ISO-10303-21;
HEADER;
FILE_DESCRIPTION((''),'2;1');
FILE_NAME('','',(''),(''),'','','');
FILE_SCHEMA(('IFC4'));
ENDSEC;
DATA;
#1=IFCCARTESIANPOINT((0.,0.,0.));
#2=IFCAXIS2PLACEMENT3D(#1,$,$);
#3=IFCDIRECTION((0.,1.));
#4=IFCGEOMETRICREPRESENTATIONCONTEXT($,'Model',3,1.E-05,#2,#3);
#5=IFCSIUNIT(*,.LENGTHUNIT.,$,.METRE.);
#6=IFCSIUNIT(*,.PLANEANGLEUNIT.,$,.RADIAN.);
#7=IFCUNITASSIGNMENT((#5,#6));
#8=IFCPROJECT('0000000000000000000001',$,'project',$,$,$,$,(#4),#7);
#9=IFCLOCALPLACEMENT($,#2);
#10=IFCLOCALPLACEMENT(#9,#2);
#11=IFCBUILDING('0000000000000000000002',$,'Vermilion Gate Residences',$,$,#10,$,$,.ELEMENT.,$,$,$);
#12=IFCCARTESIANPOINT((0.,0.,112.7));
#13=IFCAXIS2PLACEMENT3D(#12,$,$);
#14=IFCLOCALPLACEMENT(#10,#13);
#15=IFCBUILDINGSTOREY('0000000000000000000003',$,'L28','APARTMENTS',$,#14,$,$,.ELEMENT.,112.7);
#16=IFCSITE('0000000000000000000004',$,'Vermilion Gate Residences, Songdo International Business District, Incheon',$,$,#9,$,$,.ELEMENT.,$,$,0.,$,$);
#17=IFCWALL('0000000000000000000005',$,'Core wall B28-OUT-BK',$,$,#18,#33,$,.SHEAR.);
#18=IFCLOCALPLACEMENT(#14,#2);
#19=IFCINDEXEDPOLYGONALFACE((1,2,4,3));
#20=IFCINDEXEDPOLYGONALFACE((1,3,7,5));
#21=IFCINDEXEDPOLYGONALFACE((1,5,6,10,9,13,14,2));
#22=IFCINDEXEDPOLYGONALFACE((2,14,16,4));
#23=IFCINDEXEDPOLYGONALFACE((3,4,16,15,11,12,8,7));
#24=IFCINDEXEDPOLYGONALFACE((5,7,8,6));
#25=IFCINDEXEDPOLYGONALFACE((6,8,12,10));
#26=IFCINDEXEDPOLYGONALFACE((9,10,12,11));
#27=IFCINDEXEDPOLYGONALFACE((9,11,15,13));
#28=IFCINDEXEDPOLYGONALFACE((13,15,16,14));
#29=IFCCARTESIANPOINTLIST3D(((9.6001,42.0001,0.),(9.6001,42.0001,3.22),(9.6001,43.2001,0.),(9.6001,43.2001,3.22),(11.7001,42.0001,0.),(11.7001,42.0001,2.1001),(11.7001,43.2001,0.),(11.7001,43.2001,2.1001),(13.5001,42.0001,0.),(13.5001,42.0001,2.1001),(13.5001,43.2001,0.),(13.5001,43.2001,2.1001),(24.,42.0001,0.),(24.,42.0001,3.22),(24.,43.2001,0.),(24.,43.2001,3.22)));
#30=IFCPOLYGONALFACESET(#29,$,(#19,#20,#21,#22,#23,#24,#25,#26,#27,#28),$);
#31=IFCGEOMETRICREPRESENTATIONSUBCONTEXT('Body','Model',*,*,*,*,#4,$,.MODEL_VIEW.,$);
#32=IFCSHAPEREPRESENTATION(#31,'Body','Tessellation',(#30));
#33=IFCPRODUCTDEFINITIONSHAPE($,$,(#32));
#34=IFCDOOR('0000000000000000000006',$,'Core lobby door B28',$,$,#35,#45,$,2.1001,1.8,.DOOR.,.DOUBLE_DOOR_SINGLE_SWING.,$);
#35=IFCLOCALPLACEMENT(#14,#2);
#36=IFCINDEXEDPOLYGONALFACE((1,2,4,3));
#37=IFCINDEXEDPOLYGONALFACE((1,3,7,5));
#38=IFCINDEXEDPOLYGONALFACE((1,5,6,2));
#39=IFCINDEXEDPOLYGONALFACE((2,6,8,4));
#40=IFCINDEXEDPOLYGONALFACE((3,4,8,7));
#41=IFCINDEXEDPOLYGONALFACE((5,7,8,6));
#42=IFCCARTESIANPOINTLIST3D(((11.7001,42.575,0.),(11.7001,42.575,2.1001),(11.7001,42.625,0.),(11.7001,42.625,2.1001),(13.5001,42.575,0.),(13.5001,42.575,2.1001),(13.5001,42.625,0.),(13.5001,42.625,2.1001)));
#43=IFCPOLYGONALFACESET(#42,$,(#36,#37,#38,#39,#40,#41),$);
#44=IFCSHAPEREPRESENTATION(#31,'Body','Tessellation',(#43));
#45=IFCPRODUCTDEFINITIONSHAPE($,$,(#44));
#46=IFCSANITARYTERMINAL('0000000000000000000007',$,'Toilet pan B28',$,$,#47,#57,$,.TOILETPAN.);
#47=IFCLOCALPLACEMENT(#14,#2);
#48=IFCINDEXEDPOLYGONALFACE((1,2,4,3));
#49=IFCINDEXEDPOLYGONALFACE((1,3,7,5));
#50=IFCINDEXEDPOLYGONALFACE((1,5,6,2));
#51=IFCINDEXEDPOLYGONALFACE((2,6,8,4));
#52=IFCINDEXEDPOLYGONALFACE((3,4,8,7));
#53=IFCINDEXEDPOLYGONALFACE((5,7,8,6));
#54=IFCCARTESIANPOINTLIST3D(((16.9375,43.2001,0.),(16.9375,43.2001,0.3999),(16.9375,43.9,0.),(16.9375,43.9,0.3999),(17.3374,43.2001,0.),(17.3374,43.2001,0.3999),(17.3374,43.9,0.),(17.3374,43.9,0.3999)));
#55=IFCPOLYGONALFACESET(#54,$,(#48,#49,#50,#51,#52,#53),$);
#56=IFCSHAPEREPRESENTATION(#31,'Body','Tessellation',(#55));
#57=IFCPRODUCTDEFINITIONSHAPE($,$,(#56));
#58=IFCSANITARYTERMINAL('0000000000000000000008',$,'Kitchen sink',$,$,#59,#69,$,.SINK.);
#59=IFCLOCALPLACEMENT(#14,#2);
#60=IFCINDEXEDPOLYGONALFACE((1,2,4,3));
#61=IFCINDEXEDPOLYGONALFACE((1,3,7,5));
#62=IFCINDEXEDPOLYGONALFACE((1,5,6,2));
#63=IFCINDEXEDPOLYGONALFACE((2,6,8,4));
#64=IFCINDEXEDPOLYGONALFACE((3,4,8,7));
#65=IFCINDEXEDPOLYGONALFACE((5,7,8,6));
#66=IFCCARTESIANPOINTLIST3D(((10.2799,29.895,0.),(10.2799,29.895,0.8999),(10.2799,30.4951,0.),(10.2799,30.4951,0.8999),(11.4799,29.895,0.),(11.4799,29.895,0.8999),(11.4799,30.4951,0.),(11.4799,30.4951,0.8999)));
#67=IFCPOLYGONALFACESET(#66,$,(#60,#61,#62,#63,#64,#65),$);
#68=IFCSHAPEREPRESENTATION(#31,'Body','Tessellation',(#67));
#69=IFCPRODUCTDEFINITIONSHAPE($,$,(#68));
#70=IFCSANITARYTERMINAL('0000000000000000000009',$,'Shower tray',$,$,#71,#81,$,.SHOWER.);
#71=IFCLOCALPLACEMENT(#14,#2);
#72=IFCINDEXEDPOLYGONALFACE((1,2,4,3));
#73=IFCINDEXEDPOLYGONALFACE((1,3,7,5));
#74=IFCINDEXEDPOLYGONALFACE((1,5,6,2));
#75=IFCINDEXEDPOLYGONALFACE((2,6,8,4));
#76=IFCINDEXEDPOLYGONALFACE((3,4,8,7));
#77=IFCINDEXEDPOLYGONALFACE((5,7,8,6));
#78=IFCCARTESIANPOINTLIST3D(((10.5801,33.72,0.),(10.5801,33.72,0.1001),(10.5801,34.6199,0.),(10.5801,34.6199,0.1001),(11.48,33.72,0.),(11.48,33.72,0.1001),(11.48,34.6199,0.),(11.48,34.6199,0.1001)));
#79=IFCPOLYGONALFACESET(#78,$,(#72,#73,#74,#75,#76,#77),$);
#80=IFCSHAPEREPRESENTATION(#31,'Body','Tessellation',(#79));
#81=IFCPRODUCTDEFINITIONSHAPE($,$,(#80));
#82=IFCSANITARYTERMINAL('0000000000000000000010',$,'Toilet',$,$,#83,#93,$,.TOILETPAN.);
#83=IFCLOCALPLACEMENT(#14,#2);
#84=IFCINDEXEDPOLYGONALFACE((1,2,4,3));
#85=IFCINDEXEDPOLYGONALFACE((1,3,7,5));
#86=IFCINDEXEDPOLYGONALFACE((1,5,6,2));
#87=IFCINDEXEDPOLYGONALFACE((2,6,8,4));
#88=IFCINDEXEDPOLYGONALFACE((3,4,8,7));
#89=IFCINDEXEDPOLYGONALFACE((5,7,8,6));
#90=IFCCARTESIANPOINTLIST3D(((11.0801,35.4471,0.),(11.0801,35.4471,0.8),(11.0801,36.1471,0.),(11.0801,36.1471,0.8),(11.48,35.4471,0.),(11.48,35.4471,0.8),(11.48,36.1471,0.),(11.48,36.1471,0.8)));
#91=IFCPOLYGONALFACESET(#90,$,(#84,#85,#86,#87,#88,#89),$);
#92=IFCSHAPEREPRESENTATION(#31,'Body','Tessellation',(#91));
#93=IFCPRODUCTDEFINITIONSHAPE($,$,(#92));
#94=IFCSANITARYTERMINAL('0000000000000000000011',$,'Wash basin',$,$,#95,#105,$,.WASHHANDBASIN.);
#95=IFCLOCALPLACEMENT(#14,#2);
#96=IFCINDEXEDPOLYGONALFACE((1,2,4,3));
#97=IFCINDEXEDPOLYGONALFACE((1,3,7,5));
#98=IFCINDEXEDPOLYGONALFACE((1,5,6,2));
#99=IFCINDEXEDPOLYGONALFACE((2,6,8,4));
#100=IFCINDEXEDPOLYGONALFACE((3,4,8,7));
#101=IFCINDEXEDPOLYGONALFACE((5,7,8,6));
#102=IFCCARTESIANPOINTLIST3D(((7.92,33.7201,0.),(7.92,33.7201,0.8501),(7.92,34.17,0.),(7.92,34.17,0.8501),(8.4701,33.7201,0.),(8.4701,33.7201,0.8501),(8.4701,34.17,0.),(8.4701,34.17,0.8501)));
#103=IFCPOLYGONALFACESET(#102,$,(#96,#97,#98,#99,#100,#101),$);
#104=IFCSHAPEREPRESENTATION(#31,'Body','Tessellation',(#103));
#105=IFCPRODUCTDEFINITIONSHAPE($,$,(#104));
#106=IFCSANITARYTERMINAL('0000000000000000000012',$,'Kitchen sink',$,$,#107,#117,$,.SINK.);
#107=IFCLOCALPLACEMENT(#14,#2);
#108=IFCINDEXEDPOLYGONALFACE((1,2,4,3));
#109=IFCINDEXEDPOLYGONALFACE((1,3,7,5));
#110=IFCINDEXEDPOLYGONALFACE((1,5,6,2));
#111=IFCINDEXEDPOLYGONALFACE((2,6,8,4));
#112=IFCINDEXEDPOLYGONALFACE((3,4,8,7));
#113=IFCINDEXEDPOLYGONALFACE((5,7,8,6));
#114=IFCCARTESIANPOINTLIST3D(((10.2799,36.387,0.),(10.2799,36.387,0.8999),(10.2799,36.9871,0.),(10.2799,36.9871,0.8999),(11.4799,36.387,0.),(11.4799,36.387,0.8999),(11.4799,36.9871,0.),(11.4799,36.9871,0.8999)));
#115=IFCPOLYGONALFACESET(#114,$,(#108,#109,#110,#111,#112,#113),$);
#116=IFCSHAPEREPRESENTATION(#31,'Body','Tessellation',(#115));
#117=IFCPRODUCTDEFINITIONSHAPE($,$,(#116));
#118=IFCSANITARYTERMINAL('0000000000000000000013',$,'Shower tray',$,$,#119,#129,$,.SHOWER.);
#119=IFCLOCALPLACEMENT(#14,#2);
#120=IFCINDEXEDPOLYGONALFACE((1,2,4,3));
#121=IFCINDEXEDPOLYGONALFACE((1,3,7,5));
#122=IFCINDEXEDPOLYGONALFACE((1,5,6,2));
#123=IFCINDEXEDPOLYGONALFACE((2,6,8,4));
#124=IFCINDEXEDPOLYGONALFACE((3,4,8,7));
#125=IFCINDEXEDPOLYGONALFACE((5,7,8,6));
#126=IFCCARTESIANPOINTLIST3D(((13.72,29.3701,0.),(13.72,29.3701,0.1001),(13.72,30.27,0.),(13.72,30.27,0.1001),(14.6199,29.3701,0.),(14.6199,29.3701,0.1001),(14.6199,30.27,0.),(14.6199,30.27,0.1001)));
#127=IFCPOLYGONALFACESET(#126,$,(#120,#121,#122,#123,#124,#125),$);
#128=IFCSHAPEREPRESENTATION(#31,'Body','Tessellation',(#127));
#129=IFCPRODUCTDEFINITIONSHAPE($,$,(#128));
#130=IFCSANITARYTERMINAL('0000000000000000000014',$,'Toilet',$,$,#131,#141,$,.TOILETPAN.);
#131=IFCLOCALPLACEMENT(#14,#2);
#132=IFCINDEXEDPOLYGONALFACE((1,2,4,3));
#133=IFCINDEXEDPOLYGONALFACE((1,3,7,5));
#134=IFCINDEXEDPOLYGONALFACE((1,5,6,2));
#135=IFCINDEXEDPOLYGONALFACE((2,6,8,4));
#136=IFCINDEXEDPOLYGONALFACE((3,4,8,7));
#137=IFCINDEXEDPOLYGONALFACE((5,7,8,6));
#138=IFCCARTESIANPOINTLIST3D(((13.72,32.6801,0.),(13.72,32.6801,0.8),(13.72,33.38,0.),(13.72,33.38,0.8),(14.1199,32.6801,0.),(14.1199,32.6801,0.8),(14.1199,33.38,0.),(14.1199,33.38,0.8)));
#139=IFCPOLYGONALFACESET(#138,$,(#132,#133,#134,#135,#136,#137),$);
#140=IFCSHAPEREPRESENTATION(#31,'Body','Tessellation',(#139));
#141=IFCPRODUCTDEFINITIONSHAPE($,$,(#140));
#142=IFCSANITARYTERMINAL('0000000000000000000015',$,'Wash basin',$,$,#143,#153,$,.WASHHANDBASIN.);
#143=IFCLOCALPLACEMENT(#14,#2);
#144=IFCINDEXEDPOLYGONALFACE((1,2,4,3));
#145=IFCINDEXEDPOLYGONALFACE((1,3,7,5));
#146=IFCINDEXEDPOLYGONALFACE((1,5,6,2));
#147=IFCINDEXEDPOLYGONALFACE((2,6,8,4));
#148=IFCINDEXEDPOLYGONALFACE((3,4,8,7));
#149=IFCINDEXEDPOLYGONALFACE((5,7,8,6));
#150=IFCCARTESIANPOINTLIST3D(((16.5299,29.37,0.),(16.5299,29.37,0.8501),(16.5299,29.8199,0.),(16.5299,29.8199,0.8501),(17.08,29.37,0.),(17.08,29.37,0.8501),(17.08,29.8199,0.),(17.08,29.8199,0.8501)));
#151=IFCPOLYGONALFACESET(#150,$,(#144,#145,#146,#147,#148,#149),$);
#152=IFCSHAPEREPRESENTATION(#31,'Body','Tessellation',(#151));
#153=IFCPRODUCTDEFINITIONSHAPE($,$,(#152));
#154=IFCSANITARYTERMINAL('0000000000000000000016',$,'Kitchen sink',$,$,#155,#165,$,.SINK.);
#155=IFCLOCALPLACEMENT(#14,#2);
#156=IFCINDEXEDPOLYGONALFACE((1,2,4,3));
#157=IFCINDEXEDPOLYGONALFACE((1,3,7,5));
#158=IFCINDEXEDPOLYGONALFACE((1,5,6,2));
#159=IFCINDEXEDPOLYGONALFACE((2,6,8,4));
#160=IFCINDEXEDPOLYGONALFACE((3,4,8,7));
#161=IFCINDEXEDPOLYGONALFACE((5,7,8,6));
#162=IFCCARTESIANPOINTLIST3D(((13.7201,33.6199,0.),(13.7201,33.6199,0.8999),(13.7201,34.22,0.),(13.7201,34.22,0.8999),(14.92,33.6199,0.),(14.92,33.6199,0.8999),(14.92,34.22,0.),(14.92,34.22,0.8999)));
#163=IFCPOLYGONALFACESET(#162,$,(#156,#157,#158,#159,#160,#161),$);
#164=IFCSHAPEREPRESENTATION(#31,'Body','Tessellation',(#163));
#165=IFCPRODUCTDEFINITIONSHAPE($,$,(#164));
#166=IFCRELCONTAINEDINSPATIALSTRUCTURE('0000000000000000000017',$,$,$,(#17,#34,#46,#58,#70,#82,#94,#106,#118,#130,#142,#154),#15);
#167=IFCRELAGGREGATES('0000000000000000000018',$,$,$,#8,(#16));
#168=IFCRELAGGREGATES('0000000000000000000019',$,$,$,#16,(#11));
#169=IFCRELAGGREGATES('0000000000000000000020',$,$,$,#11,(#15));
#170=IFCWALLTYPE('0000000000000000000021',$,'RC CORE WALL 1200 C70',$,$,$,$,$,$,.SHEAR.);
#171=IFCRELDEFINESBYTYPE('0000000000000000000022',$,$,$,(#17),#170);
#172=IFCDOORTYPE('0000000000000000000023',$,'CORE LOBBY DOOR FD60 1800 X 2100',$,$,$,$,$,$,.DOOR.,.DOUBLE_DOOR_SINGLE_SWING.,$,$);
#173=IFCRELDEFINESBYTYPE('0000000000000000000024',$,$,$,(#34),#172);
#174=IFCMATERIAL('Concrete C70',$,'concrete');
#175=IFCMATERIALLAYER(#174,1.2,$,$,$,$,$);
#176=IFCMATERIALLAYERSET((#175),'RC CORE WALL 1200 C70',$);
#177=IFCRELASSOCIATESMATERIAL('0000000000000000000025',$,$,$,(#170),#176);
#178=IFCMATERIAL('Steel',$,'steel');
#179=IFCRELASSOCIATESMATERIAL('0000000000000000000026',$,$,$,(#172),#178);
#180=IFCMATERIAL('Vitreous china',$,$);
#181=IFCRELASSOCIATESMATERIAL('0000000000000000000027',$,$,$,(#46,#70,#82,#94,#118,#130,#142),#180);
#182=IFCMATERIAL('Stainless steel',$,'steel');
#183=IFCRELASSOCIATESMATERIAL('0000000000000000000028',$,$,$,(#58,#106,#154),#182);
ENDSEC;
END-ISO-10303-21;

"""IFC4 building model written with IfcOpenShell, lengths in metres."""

from ifc_helpers import new_model, si_unit, direction, frame, frame_2d, origin, origin_2d, place, context, subcontext, project, spatial, rectangle, extrude, material, layer, layer_set, type_object, element, fill, save


model = new_model("IFC4")

# Units and contexts
model_context = context("Model", 3, precision=1e-05, world=origin(), true_north=direction((0.0, 1.0)))
body_context = subcontext(model_context, "Body", "Model", "MODEL_VIEW")
ifc_project = project(units=[si_unit("LENGTHUNIT", "METRE"), si_unit("PLANEANGLEUNIT", "RADIAN")], contexts=[model_context])

# Site, building, storey
site_placement = place(None, origin())
site = spatial("IfcSite", under=ifc_project, at=site_placement, Name="Vermilion Gate Residences, Songdo International Business District, Incheon", CompositionType="ELEMENT", RefElevation=0.0)
building_placement = place(site_placement, origin())
building = spatial("IfcBuilding", under=site, at=building_placement, Name="Vermilion Gate Residences", CompositionType="ELEMENT")
storey_placement = place(building_placement, frame((0.0, 0.0, 112.7)))
storey = spatial("IfcBuildingStorey", under=building, at=storey_placement, Name="L28", Description="APARTMENTS", CompositionType="ELEMENT", Elevation=112.7)

# Wall, opening, door
ifc_material_1 = material(Name="Concrete C70", Category="concrete")
ifc_layer_1 = layer(ifc_material_1, 1.2)
ifc_layer_set_1 = layer_set([ifc_layer_1], Name="RC CORE WALL 1200 C70")
wall_type_1 = type_object("IfcWallType", Name="RC CORE WALL 1200 C70", PredefinedType="SHEAR", material=ifc_layer_set_1)
wall_1_placement = place(storey_placement, frame((9.6001, 42.6001, 0.0), z_axis=(0.0, 0.0, 1.0), x_axis=(1.0, 0.0, 0.0)))
wall_1 = element("IfcWall", 1, at=wall_1_placement, inside=storey, type_object=wall_type_1, Name="Core wall B28-OUT-BK", PredefinedType="SHEAR", context=body_context, shape_type="SweptSolid", body=[
    extrude(rectangle(XDim=14.3999, YDim=1.2, at=frame_2d((7.2, 0.0))), origin(), (0.0, 0.0, 1.0), 3.22),
])
opening_1_placement = place(wall_1_placement, frame((2.1001, 0.0, 0.0)))
opening_1 = element("IfcOpeningElement", 2, at=opening_1_placement, cuts=wall_1, PredefinedType="OPENING", context=body_context, shape_type="SweptSolid", body=[
    extrude(rectangle(XDim=1.8, YDim=2.1001, at=frame_2d((0.8999, 1.05))), frame((0.0, 0.6099, 0.0), z_axis=(0.0, -1.0, 0.0), x_axis=(1.0, 0.0, 0.0)), (0.0, 0.0, 1.0), 1.22),
])
ifc_material_2 = material(Name="Steel", Category="steel")
door_type_1 = type_object("IfcDoorType", Name="CORE LOBBY DOOR FD60 1800 X 2100", OperationType="DOUBLE_DOOR_SINGLE_SWING", PredefinedType="DOOR", material=ifc_material_2)
door_1_placement = place(opening_1_placement, origin())
door_1 = element("IfcDoor", 3, at=door_1_placement, inside=storey, type_object=door_type_1, Name="Core lobby door B28", OperationType="DOUBLE_DOOR_SINGLE_SWING", OverallHeight=2.1001, OverallWidth=1.8, PredefinedType="DOOR", context=body_context, shape_type="SweptSolid", body=[
    extrude(rectangle(XDim=1.8, YDim=2.1001, at=frame_2d((0.8999, 1.05))), frame((0.0, 0.0249, 0.0), z_axis=(0.0, -1.0, 0.0), x_axis=(1.0, 0.0, 0.0)), (0.0, 0.0, 1.0), 0.05),
])
fill(opening_1, door_1)

# Sanitary terminals
ifc_material_3 = material(Name="Vitreous china")
sanitary_terminal_1_placement = place(storey_placement, frame((17.1375, 43.55, 0.0), z_axis=(0.0, 0.0, 1.0), x_axis=(1.0, 0.0, 0.0)))
element("IfcSanitaryTerminal", 4, at=sanitary_terminal_1_placement, inside=storey, material=ifc_material_3, Name="Toilet pan B28", PredefinedType="TOILETPAN", context=body_context, shape_type="SweptSolid", body=[
    extrude(rectangle(XDim=0.3999, YDim=0.7, at=origin_2d()), origin(), (0.0, 0.0, 1.0), 0.3999),
])
ifc_material_4 = material(Name="Stainless steel", Category="steel")
sanitary_terminal_2_placement = place(storey_placement, frame((10.8799, 30.1951, 0.0), z_axis=(0.0, 0.0, 1.0), x_axis=(1.0, 0.0, 0.0)))
element("IfcSanitaryTerminal", 5, at=sanitary_terminal_2_placement, inside=storey, material=ifc_material_4, Name="Kitchen sink", PredefinedType="SINK", context=body_context, shape_type="SweptSolid", body=[
    extrude(rectangle(XDim=1.2, YDim=0.6001, at=origin_2d()), origin(), (0.0, 0.0, 1.0), 0.8999),
])
sanitary_terminal_3_placement = place(storey_placement, frame((11.03, 34.1699, 0.0), z_axis=(0.0, 0.0, 1.0), x_axis=(1.0, 0.0, 0.0)))
element("IfcSanitaryTerminal", 6, at=sanitary_terminal_3_placement, inside=storey, material=ifc_material_3, Name="Shower tray", PredefinedType="SHOWER", context=body_context, shape_type="SweptSolid", body=[
    extrude(rectangle(XDim=0.8999, YDim=0.8999, at=origin_2d()), origin(), (0.0, 0.0, 1.0), 0.1001),
])
sanitary_terminal_4_placement = place(storey_placement, frame((11.28, 35.7971, 0.0), z_axis=(0.0, 0.0, 1.0), x_axis=(1.0, 0.0, 0.0)))
element("IfcSanitaryTerminal", 7, at=sanitary_terminal_4_placement, inside=storey, material=ifc_material_3, Name="Toilet", PredefinedType="TOILETPAN", context=body_context, shape_type="SweptSolid", body=[
    extrude(rectangle(XDim=0.3999, YDim=0.7, at=origin_2d()), origin(), (0.0, 0.0, 1.0), 0.8),
])
sanitary_terminal_5_placement = place(storey_placement, frame((8.1951, 33.9451, 0.0), z_axis=(0.0, 0.0, 1.0), x_axis=(1.0, 0.0, 0.0)))
element("IfcSanitaryTerminal", 8, at=sanitary_terminal_5_placement, inside=storey, material=ifc_material_3, Name="Wash basin", PredefinedType="WASHHANDBASIN", context=body_context, shape_type="SweptSolid", body=[
    extrude(rectangle(XDim=0.55, YDim=0.45, at=origin_2d()), origin(), (0.0, 0.0, 1.0), 0.8501),
])
sanitary_terminal_6_placement = place(storey_placement, frame((10.8799, 36.687, 0.0), z_axis=(0.0, 0.0, 1.0), x_axis=(1.0, 0.0, 0.0)))
element("IfcSanitaryTerminal", 9, at=sanitary_terminal_6_placement, inside=storey, material=ifc_material_4, Name="Kitchen sink", PredefinedType="SINK", context=body_context, shape_type="SweptSolid", body=[
    extrude(rectangle(XDim=1.2, YDim=0.6001, at=origin_2d()), origin(), (0.0, 0.0, 1.0), 0.8999),
])
sanitary_terminal_7_placement = place(storey_placement, frame((14.1699, 29.8201, 0.0), z_axis=(0.0, 0.0, 1.0), x_axis=(1.0, 0.0, 0.0)))
element("IfcSanitaryTerminal", 10, at=sanitary_terminal_7_placement, inside=storey, material=ifc_material_3, Name="Shower tray", PredefinedType="SHOWER", context=body_context, shape_type="SweptSolid", body=[
    extrude(rectangle(XDim=0.8999, YDim=0.8999, at=origin_2d()), origin(), (0.0, 0.0, 1.0), 0.1001),
])
sanitary_terminal_8_placement = place(storey_placement, frame((13.9199, 33.03, 0.0), z_axis=(0.0, 0.0, 1.0), x_axis=(1.0, 0.0, 0.0)))
element("IfcSanitaryTerminal", 11, at=sanitary_terminal_8_placement, inside=storey, material=ifc_material_3, Name="Toilet", PredefinedType="TOILETPAN", context=body_context, shape_type="SweptSolid", body=[
    extrude(rectangle(XDim=0.3999, YDim=0.7, at=origin_2d()), origin(), (0.0, 0.0, 1.0), 0.8),
])
sanitary_terminal_9_placement = place(storey_placement, frame((16.8049, 29.595, 0.0), z_axis=(0.0, 0.0, 1.0), x_axis=(1.0, 0.0, 0.0)))
element("IfcSanitaryTerminal", 12, at=sanitary_terminal_9_placement, inside=storey, material=ifc_material_3, Name="Wash basin", PredefinedType="WASHHANDBASIN", context=body_context, shape_type="SweptSolid", body=[
    extrude(rectangle(XDim=0.55, YDim=0.45, at=origin_2d()), origin(), (0.0, 0.0, 1.0), 0.8501),
])
sanitary_terminal_10_placement = place(storey_placement, frame((14.3201, 33.9199, 0.0), z_axis=(0.0, 0.0, 1.0), x_axis=(1.0, 0.0, 0.0)))
element("IfcSanitaryTerminal", 13, at=sanitary_terminal_10_placement, inside=storey, material=ifc_material_4, Name="Kitchen sink", PredefinedType="SINK", context=body_context, shape_type="SweptSolid", body=[
    extrude(rectangle(XDim=1.2, YDim=0.6001, at=origin_2d()), origin(), (0.0, 0.0, 1.0), 0.8999),
])

save(model, "model.ifc")
